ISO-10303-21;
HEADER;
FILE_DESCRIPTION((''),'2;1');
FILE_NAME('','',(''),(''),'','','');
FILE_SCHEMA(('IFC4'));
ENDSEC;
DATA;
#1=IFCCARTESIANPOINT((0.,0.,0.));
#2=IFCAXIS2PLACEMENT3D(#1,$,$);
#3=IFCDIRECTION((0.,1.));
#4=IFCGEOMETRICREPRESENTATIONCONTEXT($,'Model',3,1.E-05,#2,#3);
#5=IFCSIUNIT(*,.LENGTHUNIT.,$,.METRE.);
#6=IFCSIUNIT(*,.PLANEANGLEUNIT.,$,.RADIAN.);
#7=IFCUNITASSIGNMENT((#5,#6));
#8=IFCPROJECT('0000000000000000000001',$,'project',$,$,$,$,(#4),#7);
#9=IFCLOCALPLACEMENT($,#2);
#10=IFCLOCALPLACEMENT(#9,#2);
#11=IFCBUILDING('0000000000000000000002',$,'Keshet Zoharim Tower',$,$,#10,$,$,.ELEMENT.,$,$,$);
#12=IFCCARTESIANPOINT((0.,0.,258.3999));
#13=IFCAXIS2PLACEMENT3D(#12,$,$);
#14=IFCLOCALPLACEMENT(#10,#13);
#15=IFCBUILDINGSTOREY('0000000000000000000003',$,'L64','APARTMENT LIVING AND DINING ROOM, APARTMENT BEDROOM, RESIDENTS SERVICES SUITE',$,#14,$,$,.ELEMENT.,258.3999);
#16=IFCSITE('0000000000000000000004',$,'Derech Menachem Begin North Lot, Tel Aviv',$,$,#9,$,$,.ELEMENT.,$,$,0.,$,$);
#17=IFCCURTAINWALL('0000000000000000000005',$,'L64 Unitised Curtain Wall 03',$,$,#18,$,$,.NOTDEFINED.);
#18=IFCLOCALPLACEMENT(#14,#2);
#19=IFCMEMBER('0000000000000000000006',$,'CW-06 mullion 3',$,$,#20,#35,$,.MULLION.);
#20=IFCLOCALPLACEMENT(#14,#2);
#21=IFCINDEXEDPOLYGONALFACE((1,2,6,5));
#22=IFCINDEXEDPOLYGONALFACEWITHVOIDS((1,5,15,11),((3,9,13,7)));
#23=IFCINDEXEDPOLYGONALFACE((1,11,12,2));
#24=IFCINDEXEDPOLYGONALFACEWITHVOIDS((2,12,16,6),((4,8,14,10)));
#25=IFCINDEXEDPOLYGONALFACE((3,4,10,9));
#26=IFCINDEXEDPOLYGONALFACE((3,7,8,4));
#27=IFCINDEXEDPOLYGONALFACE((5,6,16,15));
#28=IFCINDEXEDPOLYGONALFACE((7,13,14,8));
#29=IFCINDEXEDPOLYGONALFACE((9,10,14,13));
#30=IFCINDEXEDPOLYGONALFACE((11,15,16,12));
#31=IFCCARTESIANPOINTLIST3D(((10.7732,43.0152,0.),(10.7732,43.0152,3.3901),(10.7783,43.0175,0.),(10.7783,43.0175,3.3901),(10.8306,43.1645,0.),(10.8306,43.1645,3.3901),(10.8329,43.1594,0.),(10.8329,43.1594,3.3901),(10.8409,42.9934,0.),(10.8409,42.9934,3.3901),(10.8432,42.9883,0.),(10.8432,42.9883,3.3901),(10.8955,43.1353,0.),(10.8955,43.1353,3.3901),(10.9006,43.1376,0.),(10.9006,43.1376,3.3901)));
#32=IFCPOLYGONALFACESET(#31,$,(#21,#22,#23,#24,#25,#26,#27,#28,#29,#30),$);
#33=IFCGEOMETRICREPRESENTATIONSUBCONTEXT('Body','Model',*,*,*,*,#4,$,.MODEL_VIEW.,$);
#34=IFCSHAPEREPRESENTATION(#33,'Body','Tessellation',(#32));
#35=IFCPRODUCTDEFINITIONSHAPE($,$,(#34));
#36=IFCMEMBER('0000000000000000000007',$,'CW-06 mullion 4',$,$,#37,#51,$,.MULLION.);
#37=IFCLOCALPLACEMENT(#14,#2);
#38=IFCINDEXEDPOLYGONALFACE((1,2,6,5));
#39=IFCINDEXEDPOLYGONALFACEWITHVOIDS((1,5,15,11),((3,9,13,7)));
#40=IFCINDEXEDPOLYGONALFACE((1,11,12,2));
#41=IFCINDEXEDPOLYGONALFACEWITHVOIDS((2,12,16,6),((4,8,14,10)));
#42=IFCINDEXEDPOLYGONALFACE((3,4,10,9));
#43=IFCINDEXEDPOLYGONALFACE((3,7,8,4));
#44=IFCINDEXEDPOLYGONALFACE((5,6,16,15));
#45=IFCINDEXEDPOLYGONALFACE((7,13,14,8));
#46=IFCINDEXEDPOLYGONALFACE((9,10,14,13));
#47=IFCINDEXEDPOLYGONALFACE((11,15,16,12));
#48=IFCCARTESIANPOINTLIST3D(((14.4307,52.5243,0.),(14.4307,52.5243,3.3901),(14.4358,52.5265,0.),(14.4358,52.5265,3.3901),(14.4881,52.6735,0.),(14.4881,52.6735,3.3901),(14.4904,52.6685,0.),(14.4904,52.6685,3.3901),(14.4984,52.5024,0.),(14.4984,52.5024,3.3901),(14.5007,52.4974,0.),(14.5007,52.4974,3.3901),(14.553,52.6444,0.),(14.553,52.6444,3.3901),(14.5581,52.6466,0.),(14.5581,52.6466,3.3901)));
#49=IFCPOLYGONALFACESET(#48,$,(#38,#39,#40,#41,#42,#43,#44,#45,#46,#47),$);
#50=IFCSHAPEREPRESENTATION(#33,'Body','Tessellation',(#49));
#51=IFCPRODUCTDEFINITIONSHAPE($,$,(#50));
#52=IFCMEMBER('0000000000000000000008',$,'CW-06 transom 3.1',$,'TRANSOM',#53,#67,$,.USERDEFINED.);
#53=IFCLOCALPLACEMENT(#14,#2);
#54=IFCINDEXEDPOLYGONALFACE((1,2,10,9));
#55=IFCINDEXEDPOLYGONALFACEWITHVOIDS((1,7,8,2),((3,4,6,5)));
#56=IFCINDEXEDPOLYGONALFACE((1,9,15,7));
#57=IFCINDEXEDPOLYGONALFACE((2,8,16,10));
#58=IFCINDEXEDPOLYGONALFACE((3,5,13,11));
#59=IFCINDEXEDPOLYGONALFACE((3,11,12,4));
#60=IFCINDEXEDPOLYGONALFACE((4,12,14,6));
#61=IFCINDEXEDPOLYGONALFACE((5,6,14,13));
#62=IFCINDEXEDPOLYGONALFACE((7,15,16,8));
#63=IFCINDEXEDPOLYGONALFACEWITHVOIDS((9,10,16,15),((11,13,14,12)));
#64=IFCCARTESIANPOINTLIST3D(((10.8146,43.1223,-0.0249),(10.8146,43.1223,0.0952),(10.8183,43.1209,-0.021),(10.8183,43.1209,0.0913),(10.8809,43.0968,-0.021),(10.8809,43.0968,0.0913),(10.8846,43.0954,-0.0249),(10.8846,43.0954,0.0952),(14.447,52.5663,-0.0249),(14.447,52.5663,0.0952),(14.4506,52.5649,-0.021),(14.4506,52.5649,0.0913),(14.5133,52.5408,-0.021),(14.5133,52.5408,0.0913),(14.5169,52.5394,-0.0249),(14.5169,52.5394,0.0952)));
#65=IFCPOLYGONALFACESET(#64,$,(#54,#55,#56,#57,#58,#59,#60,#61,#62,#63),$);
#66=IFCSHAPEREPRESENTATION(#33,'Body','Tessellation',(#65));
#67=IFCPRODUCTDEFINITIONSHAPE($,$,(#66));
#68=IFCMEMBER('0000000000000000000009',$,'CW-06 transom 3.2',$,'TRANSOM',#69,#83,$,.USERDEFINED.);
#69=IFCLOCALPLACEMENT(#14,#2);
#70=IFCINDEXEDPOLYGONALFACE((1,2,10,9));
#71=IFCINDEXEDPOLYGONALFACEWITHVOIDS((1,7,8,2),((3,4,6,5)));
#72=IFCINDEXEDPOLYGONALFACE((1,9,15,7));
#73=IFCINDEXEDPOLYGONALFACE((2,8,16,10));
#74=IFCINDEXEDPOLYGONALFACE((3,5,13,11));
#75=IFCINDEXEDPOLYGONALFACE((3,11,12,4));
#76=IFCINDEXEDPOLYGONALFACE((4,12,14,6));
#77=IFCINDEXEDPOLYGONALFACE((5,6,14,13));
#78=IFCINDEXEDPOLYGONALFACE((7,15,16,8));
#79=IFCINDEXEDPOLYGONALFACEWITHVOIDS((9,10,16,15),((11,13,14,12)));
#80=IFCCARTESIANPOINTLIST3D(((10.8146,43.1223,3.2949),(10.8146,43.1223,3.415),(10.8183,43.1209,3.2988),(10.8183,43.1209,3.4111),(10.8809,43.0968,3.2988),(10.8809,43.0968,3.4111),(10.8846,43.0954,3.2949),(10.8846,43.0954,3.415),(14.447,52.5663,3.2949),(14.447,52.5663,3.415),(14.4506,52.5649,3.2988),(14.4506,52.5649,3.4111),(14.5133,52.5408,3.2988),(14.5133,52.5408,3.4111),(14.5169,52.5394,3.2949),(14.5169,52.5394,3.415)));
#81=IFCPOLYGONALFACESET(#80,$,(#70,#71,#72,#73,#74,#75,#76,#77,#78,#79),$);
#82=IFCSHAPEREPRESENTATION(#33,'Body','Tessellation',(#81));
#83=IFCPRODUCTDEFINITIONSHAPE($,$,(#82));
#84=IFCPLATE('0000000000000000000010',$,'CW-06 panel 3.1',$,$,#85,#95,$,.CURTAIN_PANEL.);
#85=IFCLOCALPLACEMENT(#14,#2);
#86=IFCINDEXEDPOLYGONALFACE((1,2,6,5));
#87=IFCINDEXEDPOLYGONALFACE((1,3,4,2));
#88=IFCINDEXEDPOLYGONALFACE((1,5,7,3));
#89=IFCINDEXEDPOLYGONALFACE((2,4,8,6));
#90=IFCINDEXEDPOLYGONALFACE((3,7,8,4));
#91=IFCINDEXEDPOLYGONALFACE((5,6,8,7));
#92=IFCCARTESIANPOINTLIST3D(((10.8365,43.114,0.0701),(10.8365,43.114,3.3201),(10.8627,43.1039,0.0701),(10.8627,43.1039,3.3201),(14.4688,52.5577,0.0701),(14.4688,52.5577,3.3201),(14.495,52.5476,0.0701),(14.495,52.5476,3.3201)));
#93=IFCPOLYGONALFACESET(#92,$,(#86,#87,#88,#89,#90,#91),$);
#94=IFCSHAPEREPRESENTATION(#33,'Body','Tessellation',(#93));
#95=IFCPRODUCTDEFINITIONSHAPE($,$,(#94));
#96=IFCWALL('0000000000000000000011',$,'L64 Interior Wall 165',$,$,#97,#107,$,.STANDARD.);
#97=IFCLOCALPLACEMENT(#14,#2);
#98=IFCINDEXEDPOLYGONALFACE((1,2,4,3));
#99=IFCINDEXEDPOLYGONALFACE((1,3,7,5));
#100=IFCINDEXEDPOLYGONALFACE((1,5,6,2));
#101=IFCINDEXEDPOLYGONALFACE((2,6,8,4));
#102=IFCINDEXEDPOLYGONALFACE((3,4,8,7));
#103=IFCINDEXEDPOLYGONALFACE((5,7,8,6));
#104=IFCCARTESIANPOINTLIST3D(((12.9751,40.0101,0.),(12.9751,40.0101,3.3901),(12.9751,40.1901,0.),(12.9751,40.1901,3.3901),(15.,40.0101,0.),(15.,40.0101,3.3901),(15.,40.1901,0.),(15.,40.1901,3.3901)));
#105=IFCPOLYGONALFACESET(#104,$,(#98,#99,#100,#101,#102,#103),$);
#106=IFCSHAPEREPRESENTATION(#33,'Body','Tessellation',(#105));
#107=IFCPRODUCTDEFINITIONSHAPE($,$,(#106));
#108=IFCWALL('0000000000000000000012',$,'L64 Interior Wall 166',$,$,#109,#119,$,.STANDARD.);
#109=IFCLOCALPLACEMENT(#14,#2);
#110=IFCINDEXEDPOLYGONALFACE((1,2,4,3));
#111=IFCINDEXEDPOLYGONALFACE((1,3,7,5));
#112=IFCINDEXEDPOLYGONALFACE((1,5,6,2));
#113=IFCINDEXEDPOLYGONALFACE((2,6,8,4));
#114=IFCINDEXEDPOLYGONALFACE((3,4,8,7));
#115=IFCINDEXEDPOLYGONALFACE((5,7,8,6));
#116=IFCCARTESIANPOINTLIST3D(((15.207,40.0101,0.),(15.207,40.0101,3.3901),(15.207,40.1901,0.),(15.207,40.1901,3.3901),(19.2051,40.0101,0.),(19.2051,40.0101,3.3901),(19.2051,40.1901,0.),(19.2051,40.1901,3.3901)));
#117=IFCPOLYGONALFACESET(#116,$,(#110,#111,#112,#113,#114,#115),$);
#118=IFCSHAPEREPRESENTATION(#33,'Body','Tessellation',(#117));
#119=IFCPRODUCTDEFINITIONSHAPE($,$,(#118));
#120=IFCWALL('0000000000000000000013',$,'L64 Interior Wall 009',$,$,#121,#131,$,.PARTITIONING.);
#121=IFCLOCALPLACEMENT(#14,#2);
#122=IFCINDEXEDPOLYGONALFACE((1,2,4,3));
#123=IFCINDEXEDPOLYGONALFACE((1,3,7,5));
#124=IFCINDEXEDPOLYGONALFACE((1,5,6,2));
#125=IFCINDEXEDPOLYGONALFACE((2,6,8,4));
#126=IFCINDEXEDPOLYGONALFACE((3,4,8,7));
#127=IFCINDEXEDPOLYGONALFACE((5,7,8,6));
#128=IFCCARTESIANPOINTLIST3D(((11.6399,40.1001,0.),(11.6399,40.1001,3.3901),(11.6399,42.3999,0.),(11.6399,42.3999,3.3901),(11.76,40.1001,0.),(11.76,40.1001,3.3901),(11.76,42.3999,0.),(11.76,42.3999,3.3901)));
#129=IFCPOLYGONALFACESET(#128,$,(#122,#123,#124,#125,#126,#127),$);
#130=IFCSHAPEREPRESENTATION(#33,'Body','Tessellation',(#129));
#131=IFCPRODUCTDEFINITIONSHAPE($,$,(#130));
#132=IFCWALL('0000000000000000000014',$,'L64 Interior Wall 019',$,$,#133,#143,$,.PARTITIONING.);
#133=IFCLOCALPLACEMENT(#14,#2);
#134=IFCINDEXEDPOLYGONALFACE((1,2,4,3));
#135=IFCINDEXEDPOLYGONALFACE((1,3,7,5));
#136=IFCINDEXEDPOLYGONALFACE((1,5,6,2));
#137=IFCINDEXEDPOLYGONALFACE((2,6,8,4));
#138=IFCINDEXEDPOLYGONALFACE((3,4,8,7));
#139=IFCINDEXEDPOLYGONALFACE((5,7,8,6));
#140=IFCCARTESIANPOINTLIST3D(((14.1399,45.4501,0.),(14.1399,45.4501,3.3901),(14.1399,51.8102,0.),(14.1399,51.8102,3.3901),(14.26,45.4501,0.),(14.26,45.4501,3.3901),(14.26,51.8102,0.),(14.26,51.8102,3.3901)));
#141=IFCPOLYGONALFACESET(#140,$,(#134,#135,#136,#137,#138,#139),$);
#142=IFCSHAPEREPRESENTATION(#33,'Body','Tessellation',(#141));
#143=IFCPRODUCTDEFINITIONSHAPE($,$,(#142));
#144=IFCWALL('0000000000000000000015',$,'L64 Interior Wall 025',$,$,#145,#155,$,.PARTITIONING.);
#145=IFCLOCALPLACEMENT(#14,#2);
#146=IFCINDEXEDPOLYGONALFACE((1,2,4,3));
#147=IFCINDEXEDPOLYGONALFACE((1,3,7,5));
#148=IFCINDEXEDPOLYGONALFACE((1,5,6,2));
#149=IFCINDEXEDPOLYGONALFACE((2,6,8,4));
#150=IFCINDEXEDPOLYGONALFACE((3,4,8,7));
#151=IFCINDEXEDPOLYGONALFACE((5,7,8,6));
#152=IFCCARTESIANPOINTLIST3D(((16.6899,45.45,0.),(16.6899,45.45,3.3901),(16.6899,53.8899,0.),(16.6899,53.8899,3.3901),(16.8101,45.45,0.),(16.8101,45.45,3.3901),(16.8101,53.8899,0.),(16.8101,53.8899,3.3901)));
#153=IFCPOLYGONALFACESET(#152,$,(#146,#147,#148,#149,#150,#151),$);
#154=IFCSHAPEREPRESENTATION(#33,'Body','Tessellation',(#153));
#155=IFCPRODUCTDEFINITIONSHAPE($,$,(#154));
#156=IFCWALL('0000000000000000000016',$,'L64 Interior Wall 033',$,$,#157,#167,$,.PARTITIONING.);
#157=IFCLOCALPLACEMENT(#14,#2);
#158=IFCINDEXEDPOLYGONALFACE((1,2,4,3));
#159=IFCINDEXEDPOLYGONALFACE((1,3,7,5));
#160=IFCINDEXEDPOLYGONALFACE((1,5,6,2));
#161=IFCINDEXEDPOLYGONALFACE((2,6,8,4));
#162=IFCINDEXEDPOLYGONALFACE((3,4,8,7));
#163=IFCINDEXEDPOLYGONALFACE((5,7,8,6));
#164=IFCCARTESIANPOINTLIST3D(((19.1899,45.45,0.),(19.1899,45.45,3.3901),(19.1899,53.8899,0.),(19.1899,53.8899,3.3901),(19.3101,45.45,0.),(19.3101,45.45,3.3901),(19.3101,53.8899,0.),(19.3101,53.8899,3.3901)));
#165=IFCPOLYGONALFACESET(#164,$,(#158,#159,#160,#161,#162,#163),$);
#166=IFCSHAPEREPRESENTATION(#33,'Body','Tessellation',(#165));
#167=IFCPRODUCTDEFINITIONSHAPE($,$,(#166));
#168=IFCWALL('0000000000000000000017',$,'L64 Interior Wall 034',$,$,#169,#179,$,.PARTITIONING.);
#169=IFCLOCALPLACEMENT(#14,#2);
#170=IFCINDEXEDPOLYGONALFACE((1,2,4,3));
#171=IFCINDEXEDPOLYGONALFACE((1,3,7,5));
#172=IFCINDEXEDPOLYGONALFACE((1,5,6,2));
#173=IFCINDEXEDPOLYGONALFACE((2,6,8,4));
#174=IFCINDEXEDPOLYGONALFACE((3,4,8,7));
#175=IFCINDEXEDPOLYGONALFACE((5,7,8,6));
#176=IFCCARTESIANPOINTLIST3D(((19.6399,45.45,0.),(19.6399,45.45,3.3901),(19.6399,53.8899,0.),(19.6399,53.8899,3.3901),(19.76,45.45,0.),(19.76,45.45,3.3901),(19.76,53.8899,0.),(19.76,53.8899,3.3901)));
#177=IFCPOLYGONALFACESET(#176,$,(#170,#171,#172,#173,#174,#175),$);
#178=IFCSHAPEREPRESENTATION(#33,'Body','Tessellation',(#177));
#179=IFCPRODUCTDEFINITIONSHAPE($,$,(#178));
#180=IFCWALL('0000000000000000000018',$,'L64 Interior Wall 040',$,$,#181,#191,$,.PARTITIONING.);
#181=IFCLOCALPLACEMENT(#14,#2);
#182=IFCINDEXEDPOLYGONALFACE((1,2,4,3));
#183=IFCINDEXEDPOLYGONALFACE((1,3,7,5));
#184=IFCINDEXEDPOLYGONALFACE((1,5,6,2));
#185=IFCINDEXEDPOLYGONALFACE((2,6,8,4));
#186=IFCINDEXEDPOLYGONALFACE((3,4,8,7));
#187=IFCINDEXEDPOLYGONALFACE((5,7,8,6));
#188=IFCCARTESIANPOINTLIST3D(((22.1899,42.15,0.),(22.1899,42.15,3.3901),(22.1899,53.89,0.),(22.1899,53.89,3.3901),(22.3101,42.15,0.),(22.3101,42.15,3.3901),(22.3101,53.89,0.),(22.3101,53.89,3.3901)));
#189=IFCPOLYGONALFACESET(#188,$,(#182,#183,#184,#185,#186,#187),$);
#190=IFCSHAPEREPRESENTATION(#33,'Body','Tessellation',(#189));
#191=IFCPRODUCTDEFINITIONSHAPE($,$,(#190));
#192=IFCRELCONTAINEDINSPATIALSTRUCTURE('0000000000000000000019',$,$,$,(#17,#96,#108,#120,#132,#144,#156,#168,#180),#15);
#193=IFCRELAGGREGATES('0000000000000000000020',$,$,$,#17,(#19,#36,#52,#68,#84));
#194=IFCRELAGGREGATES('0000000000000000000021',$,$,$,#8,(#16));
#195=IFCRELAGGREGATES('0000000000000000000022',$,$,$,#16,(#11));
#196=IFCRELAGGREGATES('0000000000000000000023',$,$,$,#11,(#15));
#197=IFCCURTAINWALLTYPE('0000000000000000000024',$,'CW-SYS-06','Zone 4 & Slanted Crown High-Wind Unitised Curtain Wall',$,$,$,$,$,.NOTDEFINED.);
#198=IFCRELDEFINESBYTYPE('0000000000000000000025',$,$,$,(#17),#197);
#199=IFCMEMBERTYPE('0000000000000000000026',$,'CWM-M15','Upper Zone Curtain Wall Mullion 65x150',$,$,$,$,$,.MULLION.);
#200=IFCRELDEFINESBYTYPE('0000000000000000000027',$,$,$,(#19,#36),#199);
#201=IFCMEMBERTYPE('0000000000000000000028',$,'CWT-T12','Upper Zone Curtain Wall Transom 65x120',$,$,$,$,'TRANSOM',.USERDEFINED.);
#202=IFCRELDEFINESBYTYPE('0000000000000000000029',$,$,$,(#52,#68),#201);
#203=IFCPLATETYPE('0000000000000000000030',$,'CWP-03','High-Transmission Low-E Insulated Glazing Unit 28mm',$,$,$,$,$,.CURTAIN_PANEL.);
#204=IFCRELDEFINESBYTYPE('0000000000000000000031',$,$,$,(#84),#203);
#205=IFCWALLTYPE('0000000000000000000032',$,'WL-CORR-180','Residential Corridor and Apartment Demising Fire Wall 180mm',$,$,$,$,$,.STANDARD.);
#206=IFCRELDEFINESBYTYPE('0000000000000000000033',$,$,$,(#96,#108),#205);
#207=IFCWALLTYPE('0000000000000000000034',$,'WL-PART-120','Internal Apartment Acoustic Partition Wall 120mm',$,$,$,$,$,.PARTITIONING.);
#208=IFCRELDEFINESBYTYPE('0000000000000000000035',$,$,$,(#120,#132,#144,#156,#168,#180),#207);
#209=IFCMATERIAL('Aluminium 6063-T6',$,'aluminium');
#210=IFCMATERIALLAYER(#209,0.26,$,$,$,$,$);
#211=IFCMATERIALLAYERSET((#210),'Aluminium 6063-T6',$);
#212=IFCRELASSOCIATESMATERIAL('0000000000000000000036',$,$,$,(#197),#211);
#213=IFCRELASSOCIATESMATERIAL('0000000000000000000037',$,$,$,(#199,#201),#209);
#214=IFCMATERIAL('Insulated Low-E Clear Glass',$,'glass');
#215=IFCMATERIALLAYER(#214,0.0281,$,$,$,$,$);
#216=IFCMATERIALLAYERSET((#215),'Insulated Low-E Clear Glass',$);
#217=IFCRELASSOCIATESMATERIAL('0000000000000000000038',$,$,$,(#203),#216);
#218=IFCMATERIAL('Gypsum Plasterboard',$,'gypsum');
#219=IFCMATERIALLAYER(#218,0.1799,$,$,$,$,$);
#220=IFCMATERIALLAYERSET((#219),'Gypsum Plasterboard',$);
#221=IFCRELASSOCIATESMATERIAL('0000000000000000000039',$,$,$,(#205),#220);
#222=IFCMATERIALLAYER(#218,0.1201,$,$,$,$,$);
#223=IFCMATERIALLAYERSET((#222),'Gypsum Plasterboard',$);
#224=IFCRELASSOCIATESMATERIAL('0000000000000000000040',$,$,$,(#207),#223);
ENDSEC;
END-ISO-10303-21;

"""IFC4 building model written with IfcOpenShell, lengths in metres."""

from ifc_helpers import new_model, si_unit, direction, frame, frame_2d, origin, origin_2d, place, context, subcontext, project, spatial, rectangle, hollow_rectangle, extrude, material, layer, layer_set, material_profile, profile_set, type_object, element, aggregate, save


model = new_model("IFC4")

# Units and contexts
model_context = context("Model", 3, precision=1e-05, world=origin(), true_north=direction((0.0, 1.0)))
body_context = subcontext(model_context, "Body", "Model", "MODEL_VIEW")
ifc_project = project(units=[si_unit("LENGTHUNIT", "METRE"), si_unit("PLANEANGLEUNIT", "RADIAN")], contexts=[model_context])

# Site, building, storey
site_placement = place(None, origin())
site = spatial("IfcSite", under=ifc_project, at=site_placement, Name="Derech Menachem Begin North Lot, Tel Aviv", CompositionType="ELEMENT", RefElevation=0.0)
building_placement = place(site_placement, origin())
building = spatial("IfcBuilding", under=site, at=building_placement, Name="Keshet Zoharim Tower", CompositionType="ELEMENT")
storey_placement = place(building_placement, frame((0.0, 0.0, 258.3999)))
storey = spatial("IfcBuildingStorey", under=building, at=storey_placement, Name="L64", Description="APARTMENT LIVING AND DINING ROOM, APARTMENT BEDROOM, RESIDENTS SERVICES SUITE", CompositionType="ELEMENT", Elevation=258.3999)

# Curtain wall, members, plate
ifc_material_1 = material(Name="Aluminium 6063-T6", Category="aluminium")
ifc_layer_1 = layer(ifc_material_1, 0.26)
ifc_layer_set_1 = layer_set([ifc_layer_1], Name="Aluminium 6063-T6")
curtain_wall_type = type_object("IfcCurtainWallType", Name="CW-SYS-06", Description="Zone 4 & Slanted Crown High-Wind Unitised Curtain Wall", PredefinedType="NOTDEFINED", material=ifc_layer_set_1)
curtain_wall_placement = place(storey_placement, origin())
curtain_wall = element("IfcCurtainWall", 1, at=curtain_wall_placement, inside=storey, type_object=curtain_wall_type, Name="L64 Unitised Curtain Wall 03", PredefinedType="NOTDEFINED")
ifc_material_profile_1 = material_profile(ifc_material_1, hollow_rectangle(XDim=0.075, YDim=0.1599, WallThickness=0.0039, at=origin_2d()), Name="MUL-75x160")
ifc_profile_set_1 = profile_set([ifc_material_profile_1], Name="Aluminium 6063-T6")
member_type_1 = type_object("IfcMemberType", Name="CWM-M15", Description="Upper Zone Curtain Wall Mullion 65x150", PredefinedType="MULLION", material=ifc_profile_set_1)
member_1_placement = place(storey_placement, frame((10.8369, 43.0764, 0.0), z_axis=(0.0, 0.0, 1.0), x_axis=(-0.933341, 0.35899, 0.0)))
member_1 = element("IfcMember", 2, at=member_1_placement, type_object=member_type_1, Name="CW-06 mullion 3", PredefinedType="MULLION", context=body_context, shape_type="SweptSolid", body=[
    extrude(hollow_rectangle(XDim=0.075, YDim=0.1599, WallThickness=0.0039, at=origin_2d()), origin(), (0.0, 0.0, 1.0), 3.3901),
])
member_2_placement = place(storey_placement, frame((14.4944, 52.5854, 0.0), z_axis=(0.0, 0.0, 1.0), x_axis=(-0.933341, 0.35899, 0.0)))
member_2 = element("IfcMember", 3, at=member_2_placement, type_object=member_type_1, Name="CW-06 mullion 4", PredefinedType="MULLION", context=body_context, shape_type="SweptSolid", body=[
    extrude(hollow_rectangle(XDim=0.075, YDim=0.1599, WallThickness=0.0039, at=origin_2d()), origin(), (0.0, 0.0, 1.0), 3.3901),
])
ifc_material_profile_2 = material_profile(ifc_material_1, hollow_rectangle(XDim=0.075, YDim=0.1201, WallThickness=0.0039, at=origin_2d()), Name="TRN-75x120")
ifc_profile_set_2 = profile_set([ifc_material_profile_2], Name="Aluminium 6063-T6")
member_type_2 = type_object("IfcMemberType", Name="CWT-T12", Description="Upper Zone Curtain Wall Transom 65x120", ElementType="TRANSOM", PredefinedType="USERDEFINED", material=ifc_profile_set_2)
member_3_placement = place(storey_placement, frame((10.8496, 43.1089, 0.0352), z_axis=(0.358986, 0.933343, 0.0), x_axis=(-0.933343, 0.358986, 0.0)))
member_3 = element("IfcMember", 4, at=member_3_placement, type_object=member_type_2, Name="CW-06 transom 3.1", ObjectType="TRANSOM", PredefinedType="USERDEFINED", context=body_context, shape_type="SweptSolid", body=[
    extrude(hollow_rectangle(XDim=0.075, YDim=0.1201, WallThickness=0.0039, at=origin_2d()), origin(), (0.0, 0.0, 1.0), 10.1184),
])
member_4_placement = place(storey_placement, frame((10.8496, 43.1089, 3.355), z_axis=(0.358986, 0.933343, 0.0), x_axis=(-0.933343, 0.358986, 0.0)))
member_4 = element("IfcMember", 5, at=member_4_placement, type_object=member_type_2, Name="CW-06 transom 3.2", ObjectType="TRANSOM", PredefinedType="USERDEFINED", context=body_context, shape_type="SweptSolid", body=[
    extrude(hollow_rectangle(XDim=0.075, YDim=0.1201, WallThickness=0.0039, at=origin_2d()), origin(), (0.0, 0.0, 1.0), 10.1184),
])
ifc_material_2 = material(Name="Insulated Low-E Clear Glass", Category="glass")
ifc_layer_2 = layer(ifc_material_2, 0.0281)
ifc_layer_set_2 = layer_set([ifc_layer_2], Name="Insulated Low-E Clear Glass")
plate_type = type_object("IfcPlateType", Name="CWP-03", Description="High-Transmission Low-E Insulated Glazing Unit 28mm", PredefinedType="CURTAIN_PANEL", material=ifc_layer_set_2)
plate_placement = place(storey_placement, frame((12.6658, 47.8308, 0.0701), z_axis=(0.0, 0.0, 1.0), x_axis=(0.35899, 0.933341, 0.0)))
plate = element("IfcPlate", 6, at=plate_placement, type_object=plate_type, Name="CW-06 panel 3.1", PredefinedType="CURTAIN_PANEL", context=body_context, shape_type="SweptSolid", body=[
    extrude(rectangle(XDim=10.1182, YDim=0.0281, at=origin_2d()), origin(), (0.0, 0.0, 1.0), 3.25),
])
aggregate(curtain_wall, [member_1, member_2, member_3, member_4, plate])

# Walls
ifc_material_3 = material(Name="Gypsum Plasterboard", Category="gypsum")
ifc_layer_3 = layer(ifc_material_3, 0.1799)
ifc_layer_set_3 = layer_set([ifc_layer_3], Name="Gypsum Plasterboard")
wall_type_1 = type_object("IfcWallType", Name="WL-CORR-180", Description="Residential Corridor and Apartment Demising Fire Wall 180mm", PredefinedType="STANDARD", material=ifc_layer_set_3)
wall_1_placement = place(storey_placement, frame((12.9751, 40.1001, 0.0), z_axis=(0.0, 0.0, 1.0), x_axis=(1.0, 0.0, 0.0)))
element("IfcWall", 7, at=wall_1_placement, inside=storey, type_object=wall_type_1, Name="L64 Interior Wall 165", PredefinedType="STANDARD", context=body_context, shape_type="SweptSolid", body=[
    extrude(rectangle(XDim=2.0249, YDim=0.1799, at=frame_2d((1.0125, 0.0))), origin(), (0.0, 0.0, 1.0), 3.3901),
])
wall_2_placement = place(storey_placement, frame((15.207, 40.1001, 0.0), z_axis=(0.0, 0.0, 1.0), x_axis=(1.0, 0.0, 0.0)))
element("IfcWall", 8, at=wall_2_placement, inside=storey, type_object=wall_type_1, Name="L64 Interior Wall 166", PredefinedType="STANDARD", context=body_context, shape_type="SweptSolid", body=[
    extrude(rectangle(XDim=3.998, YDim=0.1799, at=frame_2d((1.999, 0.0))), origin(), (0.0, 0.0, 1.0), 3.3901),
])

# Walls
ifc_layer_4 = layer(ifc_material_3, 0.1201)
ifc_layer_set_4 = layer_set([ifc_layer_4], Name="Gypsum Plasterboard")
wall_type_2 = type_object("IfcWallType", Name="WL-PART-120", Description="Internal Apartment Acoustic Partition Wall 120mm", PredefinedType="PARTITIONING", material=ifc_layer_set_4)
wall_3_placement = place(storey_placement, frame((11.7, 40.1001, 0.0), z_axis=(0.0, 0.0, 1.0), x_axis=(0.0, 1.0, 0.0)))
element("IfcWall", 9, at=wall_3_placement, inside=storey, type_object=wall_type_2, Name="L64 Interior Wall 009", PredefinedType="PARTITIONING", context=body_context, shape_type="SweptSolid", body=[
    extrude(rectangle(XDim=2.2998, YDim=0.1201, at=frame_2d((1.1499, 0.0))), origin(), (0.0, 0.0, 1.0), 3.3901),
])
wall_4_placement = place(storey_placement, frame((14.2, 45.45, 0.0), z_axis=(0.0, 0.0, 1.0), x_axis=(0.0, 1.0, 0.0)))
element("IfcWall", 10, at=wall_4_placement, inside=storey, type_object=wall_type_2, Name="L64 Interior Wall 019", PredefinedType="PARTITIONING", context=body_context, shape_type="SweptSolid", body=[
    extrude(rectangle(XDim=6.3601, YDim=0.1201, at=frame_2d((3.1802, 0.0))), origin(), (0.0, 0.0, 1.0), 3.3901),
])
for number, where, z_axis, x_axis, name in (
    (11, (16.75, 45.45, 0.0), (0.0, 0.0, 1.0), (0.0, 1.0, 0.0), "L64 Interior Wall 025"),
    (12, (19.25, 45.45, 0.0), (0.0, 0.0, 1.0), (0.0, 1.0, 0.0), "L64 Interior Wall 033"),
    (13, (19.7, 45.45, 0.0), (0.0, 0.0, 1.0), (0.0, 1.0, 0.0), "L64 Interior Wall 034"),
):
    element("IfcWall", number, at=place(storey_placement, frame(where, z_axis=z_axis, x_axis=x_axis)), inside=storey, type_object=wall_type_2, Name=name, PredefinedType="PARTITIONING", context=body_context, shape_type="SweptSolid", body=[
        extrude(rectangle(XDim=8.4399, YDim=0.1201, at=frame_2d((4.22, 0.0))), origin(), (0.0, 0.0, 1.0), 3.3901),
    ])
wall_5_placement = place(storey_placement, frame((22.25, 42.1499, 0.0), z_axis=(0.0, 0.0, 1.0), x_axis=(0.0, 1.0, 0.0)))
element("IfcWall", 14, at=wall_5_placement, inside=storey, type_object=wall_type_2, Name="L64 Interior Wall 040", PredefinedType="PARTITIONING", context=body_context, shape_type="SweptSolid", body=[
    extrude(rectangle(XDim=11.74, YDim=0.1201, at=frame_2d((5.8701, 0.0))), origin(), (0.0, 0.0, 1.0), 3.3901),
])

save(model, "model.ifc")
